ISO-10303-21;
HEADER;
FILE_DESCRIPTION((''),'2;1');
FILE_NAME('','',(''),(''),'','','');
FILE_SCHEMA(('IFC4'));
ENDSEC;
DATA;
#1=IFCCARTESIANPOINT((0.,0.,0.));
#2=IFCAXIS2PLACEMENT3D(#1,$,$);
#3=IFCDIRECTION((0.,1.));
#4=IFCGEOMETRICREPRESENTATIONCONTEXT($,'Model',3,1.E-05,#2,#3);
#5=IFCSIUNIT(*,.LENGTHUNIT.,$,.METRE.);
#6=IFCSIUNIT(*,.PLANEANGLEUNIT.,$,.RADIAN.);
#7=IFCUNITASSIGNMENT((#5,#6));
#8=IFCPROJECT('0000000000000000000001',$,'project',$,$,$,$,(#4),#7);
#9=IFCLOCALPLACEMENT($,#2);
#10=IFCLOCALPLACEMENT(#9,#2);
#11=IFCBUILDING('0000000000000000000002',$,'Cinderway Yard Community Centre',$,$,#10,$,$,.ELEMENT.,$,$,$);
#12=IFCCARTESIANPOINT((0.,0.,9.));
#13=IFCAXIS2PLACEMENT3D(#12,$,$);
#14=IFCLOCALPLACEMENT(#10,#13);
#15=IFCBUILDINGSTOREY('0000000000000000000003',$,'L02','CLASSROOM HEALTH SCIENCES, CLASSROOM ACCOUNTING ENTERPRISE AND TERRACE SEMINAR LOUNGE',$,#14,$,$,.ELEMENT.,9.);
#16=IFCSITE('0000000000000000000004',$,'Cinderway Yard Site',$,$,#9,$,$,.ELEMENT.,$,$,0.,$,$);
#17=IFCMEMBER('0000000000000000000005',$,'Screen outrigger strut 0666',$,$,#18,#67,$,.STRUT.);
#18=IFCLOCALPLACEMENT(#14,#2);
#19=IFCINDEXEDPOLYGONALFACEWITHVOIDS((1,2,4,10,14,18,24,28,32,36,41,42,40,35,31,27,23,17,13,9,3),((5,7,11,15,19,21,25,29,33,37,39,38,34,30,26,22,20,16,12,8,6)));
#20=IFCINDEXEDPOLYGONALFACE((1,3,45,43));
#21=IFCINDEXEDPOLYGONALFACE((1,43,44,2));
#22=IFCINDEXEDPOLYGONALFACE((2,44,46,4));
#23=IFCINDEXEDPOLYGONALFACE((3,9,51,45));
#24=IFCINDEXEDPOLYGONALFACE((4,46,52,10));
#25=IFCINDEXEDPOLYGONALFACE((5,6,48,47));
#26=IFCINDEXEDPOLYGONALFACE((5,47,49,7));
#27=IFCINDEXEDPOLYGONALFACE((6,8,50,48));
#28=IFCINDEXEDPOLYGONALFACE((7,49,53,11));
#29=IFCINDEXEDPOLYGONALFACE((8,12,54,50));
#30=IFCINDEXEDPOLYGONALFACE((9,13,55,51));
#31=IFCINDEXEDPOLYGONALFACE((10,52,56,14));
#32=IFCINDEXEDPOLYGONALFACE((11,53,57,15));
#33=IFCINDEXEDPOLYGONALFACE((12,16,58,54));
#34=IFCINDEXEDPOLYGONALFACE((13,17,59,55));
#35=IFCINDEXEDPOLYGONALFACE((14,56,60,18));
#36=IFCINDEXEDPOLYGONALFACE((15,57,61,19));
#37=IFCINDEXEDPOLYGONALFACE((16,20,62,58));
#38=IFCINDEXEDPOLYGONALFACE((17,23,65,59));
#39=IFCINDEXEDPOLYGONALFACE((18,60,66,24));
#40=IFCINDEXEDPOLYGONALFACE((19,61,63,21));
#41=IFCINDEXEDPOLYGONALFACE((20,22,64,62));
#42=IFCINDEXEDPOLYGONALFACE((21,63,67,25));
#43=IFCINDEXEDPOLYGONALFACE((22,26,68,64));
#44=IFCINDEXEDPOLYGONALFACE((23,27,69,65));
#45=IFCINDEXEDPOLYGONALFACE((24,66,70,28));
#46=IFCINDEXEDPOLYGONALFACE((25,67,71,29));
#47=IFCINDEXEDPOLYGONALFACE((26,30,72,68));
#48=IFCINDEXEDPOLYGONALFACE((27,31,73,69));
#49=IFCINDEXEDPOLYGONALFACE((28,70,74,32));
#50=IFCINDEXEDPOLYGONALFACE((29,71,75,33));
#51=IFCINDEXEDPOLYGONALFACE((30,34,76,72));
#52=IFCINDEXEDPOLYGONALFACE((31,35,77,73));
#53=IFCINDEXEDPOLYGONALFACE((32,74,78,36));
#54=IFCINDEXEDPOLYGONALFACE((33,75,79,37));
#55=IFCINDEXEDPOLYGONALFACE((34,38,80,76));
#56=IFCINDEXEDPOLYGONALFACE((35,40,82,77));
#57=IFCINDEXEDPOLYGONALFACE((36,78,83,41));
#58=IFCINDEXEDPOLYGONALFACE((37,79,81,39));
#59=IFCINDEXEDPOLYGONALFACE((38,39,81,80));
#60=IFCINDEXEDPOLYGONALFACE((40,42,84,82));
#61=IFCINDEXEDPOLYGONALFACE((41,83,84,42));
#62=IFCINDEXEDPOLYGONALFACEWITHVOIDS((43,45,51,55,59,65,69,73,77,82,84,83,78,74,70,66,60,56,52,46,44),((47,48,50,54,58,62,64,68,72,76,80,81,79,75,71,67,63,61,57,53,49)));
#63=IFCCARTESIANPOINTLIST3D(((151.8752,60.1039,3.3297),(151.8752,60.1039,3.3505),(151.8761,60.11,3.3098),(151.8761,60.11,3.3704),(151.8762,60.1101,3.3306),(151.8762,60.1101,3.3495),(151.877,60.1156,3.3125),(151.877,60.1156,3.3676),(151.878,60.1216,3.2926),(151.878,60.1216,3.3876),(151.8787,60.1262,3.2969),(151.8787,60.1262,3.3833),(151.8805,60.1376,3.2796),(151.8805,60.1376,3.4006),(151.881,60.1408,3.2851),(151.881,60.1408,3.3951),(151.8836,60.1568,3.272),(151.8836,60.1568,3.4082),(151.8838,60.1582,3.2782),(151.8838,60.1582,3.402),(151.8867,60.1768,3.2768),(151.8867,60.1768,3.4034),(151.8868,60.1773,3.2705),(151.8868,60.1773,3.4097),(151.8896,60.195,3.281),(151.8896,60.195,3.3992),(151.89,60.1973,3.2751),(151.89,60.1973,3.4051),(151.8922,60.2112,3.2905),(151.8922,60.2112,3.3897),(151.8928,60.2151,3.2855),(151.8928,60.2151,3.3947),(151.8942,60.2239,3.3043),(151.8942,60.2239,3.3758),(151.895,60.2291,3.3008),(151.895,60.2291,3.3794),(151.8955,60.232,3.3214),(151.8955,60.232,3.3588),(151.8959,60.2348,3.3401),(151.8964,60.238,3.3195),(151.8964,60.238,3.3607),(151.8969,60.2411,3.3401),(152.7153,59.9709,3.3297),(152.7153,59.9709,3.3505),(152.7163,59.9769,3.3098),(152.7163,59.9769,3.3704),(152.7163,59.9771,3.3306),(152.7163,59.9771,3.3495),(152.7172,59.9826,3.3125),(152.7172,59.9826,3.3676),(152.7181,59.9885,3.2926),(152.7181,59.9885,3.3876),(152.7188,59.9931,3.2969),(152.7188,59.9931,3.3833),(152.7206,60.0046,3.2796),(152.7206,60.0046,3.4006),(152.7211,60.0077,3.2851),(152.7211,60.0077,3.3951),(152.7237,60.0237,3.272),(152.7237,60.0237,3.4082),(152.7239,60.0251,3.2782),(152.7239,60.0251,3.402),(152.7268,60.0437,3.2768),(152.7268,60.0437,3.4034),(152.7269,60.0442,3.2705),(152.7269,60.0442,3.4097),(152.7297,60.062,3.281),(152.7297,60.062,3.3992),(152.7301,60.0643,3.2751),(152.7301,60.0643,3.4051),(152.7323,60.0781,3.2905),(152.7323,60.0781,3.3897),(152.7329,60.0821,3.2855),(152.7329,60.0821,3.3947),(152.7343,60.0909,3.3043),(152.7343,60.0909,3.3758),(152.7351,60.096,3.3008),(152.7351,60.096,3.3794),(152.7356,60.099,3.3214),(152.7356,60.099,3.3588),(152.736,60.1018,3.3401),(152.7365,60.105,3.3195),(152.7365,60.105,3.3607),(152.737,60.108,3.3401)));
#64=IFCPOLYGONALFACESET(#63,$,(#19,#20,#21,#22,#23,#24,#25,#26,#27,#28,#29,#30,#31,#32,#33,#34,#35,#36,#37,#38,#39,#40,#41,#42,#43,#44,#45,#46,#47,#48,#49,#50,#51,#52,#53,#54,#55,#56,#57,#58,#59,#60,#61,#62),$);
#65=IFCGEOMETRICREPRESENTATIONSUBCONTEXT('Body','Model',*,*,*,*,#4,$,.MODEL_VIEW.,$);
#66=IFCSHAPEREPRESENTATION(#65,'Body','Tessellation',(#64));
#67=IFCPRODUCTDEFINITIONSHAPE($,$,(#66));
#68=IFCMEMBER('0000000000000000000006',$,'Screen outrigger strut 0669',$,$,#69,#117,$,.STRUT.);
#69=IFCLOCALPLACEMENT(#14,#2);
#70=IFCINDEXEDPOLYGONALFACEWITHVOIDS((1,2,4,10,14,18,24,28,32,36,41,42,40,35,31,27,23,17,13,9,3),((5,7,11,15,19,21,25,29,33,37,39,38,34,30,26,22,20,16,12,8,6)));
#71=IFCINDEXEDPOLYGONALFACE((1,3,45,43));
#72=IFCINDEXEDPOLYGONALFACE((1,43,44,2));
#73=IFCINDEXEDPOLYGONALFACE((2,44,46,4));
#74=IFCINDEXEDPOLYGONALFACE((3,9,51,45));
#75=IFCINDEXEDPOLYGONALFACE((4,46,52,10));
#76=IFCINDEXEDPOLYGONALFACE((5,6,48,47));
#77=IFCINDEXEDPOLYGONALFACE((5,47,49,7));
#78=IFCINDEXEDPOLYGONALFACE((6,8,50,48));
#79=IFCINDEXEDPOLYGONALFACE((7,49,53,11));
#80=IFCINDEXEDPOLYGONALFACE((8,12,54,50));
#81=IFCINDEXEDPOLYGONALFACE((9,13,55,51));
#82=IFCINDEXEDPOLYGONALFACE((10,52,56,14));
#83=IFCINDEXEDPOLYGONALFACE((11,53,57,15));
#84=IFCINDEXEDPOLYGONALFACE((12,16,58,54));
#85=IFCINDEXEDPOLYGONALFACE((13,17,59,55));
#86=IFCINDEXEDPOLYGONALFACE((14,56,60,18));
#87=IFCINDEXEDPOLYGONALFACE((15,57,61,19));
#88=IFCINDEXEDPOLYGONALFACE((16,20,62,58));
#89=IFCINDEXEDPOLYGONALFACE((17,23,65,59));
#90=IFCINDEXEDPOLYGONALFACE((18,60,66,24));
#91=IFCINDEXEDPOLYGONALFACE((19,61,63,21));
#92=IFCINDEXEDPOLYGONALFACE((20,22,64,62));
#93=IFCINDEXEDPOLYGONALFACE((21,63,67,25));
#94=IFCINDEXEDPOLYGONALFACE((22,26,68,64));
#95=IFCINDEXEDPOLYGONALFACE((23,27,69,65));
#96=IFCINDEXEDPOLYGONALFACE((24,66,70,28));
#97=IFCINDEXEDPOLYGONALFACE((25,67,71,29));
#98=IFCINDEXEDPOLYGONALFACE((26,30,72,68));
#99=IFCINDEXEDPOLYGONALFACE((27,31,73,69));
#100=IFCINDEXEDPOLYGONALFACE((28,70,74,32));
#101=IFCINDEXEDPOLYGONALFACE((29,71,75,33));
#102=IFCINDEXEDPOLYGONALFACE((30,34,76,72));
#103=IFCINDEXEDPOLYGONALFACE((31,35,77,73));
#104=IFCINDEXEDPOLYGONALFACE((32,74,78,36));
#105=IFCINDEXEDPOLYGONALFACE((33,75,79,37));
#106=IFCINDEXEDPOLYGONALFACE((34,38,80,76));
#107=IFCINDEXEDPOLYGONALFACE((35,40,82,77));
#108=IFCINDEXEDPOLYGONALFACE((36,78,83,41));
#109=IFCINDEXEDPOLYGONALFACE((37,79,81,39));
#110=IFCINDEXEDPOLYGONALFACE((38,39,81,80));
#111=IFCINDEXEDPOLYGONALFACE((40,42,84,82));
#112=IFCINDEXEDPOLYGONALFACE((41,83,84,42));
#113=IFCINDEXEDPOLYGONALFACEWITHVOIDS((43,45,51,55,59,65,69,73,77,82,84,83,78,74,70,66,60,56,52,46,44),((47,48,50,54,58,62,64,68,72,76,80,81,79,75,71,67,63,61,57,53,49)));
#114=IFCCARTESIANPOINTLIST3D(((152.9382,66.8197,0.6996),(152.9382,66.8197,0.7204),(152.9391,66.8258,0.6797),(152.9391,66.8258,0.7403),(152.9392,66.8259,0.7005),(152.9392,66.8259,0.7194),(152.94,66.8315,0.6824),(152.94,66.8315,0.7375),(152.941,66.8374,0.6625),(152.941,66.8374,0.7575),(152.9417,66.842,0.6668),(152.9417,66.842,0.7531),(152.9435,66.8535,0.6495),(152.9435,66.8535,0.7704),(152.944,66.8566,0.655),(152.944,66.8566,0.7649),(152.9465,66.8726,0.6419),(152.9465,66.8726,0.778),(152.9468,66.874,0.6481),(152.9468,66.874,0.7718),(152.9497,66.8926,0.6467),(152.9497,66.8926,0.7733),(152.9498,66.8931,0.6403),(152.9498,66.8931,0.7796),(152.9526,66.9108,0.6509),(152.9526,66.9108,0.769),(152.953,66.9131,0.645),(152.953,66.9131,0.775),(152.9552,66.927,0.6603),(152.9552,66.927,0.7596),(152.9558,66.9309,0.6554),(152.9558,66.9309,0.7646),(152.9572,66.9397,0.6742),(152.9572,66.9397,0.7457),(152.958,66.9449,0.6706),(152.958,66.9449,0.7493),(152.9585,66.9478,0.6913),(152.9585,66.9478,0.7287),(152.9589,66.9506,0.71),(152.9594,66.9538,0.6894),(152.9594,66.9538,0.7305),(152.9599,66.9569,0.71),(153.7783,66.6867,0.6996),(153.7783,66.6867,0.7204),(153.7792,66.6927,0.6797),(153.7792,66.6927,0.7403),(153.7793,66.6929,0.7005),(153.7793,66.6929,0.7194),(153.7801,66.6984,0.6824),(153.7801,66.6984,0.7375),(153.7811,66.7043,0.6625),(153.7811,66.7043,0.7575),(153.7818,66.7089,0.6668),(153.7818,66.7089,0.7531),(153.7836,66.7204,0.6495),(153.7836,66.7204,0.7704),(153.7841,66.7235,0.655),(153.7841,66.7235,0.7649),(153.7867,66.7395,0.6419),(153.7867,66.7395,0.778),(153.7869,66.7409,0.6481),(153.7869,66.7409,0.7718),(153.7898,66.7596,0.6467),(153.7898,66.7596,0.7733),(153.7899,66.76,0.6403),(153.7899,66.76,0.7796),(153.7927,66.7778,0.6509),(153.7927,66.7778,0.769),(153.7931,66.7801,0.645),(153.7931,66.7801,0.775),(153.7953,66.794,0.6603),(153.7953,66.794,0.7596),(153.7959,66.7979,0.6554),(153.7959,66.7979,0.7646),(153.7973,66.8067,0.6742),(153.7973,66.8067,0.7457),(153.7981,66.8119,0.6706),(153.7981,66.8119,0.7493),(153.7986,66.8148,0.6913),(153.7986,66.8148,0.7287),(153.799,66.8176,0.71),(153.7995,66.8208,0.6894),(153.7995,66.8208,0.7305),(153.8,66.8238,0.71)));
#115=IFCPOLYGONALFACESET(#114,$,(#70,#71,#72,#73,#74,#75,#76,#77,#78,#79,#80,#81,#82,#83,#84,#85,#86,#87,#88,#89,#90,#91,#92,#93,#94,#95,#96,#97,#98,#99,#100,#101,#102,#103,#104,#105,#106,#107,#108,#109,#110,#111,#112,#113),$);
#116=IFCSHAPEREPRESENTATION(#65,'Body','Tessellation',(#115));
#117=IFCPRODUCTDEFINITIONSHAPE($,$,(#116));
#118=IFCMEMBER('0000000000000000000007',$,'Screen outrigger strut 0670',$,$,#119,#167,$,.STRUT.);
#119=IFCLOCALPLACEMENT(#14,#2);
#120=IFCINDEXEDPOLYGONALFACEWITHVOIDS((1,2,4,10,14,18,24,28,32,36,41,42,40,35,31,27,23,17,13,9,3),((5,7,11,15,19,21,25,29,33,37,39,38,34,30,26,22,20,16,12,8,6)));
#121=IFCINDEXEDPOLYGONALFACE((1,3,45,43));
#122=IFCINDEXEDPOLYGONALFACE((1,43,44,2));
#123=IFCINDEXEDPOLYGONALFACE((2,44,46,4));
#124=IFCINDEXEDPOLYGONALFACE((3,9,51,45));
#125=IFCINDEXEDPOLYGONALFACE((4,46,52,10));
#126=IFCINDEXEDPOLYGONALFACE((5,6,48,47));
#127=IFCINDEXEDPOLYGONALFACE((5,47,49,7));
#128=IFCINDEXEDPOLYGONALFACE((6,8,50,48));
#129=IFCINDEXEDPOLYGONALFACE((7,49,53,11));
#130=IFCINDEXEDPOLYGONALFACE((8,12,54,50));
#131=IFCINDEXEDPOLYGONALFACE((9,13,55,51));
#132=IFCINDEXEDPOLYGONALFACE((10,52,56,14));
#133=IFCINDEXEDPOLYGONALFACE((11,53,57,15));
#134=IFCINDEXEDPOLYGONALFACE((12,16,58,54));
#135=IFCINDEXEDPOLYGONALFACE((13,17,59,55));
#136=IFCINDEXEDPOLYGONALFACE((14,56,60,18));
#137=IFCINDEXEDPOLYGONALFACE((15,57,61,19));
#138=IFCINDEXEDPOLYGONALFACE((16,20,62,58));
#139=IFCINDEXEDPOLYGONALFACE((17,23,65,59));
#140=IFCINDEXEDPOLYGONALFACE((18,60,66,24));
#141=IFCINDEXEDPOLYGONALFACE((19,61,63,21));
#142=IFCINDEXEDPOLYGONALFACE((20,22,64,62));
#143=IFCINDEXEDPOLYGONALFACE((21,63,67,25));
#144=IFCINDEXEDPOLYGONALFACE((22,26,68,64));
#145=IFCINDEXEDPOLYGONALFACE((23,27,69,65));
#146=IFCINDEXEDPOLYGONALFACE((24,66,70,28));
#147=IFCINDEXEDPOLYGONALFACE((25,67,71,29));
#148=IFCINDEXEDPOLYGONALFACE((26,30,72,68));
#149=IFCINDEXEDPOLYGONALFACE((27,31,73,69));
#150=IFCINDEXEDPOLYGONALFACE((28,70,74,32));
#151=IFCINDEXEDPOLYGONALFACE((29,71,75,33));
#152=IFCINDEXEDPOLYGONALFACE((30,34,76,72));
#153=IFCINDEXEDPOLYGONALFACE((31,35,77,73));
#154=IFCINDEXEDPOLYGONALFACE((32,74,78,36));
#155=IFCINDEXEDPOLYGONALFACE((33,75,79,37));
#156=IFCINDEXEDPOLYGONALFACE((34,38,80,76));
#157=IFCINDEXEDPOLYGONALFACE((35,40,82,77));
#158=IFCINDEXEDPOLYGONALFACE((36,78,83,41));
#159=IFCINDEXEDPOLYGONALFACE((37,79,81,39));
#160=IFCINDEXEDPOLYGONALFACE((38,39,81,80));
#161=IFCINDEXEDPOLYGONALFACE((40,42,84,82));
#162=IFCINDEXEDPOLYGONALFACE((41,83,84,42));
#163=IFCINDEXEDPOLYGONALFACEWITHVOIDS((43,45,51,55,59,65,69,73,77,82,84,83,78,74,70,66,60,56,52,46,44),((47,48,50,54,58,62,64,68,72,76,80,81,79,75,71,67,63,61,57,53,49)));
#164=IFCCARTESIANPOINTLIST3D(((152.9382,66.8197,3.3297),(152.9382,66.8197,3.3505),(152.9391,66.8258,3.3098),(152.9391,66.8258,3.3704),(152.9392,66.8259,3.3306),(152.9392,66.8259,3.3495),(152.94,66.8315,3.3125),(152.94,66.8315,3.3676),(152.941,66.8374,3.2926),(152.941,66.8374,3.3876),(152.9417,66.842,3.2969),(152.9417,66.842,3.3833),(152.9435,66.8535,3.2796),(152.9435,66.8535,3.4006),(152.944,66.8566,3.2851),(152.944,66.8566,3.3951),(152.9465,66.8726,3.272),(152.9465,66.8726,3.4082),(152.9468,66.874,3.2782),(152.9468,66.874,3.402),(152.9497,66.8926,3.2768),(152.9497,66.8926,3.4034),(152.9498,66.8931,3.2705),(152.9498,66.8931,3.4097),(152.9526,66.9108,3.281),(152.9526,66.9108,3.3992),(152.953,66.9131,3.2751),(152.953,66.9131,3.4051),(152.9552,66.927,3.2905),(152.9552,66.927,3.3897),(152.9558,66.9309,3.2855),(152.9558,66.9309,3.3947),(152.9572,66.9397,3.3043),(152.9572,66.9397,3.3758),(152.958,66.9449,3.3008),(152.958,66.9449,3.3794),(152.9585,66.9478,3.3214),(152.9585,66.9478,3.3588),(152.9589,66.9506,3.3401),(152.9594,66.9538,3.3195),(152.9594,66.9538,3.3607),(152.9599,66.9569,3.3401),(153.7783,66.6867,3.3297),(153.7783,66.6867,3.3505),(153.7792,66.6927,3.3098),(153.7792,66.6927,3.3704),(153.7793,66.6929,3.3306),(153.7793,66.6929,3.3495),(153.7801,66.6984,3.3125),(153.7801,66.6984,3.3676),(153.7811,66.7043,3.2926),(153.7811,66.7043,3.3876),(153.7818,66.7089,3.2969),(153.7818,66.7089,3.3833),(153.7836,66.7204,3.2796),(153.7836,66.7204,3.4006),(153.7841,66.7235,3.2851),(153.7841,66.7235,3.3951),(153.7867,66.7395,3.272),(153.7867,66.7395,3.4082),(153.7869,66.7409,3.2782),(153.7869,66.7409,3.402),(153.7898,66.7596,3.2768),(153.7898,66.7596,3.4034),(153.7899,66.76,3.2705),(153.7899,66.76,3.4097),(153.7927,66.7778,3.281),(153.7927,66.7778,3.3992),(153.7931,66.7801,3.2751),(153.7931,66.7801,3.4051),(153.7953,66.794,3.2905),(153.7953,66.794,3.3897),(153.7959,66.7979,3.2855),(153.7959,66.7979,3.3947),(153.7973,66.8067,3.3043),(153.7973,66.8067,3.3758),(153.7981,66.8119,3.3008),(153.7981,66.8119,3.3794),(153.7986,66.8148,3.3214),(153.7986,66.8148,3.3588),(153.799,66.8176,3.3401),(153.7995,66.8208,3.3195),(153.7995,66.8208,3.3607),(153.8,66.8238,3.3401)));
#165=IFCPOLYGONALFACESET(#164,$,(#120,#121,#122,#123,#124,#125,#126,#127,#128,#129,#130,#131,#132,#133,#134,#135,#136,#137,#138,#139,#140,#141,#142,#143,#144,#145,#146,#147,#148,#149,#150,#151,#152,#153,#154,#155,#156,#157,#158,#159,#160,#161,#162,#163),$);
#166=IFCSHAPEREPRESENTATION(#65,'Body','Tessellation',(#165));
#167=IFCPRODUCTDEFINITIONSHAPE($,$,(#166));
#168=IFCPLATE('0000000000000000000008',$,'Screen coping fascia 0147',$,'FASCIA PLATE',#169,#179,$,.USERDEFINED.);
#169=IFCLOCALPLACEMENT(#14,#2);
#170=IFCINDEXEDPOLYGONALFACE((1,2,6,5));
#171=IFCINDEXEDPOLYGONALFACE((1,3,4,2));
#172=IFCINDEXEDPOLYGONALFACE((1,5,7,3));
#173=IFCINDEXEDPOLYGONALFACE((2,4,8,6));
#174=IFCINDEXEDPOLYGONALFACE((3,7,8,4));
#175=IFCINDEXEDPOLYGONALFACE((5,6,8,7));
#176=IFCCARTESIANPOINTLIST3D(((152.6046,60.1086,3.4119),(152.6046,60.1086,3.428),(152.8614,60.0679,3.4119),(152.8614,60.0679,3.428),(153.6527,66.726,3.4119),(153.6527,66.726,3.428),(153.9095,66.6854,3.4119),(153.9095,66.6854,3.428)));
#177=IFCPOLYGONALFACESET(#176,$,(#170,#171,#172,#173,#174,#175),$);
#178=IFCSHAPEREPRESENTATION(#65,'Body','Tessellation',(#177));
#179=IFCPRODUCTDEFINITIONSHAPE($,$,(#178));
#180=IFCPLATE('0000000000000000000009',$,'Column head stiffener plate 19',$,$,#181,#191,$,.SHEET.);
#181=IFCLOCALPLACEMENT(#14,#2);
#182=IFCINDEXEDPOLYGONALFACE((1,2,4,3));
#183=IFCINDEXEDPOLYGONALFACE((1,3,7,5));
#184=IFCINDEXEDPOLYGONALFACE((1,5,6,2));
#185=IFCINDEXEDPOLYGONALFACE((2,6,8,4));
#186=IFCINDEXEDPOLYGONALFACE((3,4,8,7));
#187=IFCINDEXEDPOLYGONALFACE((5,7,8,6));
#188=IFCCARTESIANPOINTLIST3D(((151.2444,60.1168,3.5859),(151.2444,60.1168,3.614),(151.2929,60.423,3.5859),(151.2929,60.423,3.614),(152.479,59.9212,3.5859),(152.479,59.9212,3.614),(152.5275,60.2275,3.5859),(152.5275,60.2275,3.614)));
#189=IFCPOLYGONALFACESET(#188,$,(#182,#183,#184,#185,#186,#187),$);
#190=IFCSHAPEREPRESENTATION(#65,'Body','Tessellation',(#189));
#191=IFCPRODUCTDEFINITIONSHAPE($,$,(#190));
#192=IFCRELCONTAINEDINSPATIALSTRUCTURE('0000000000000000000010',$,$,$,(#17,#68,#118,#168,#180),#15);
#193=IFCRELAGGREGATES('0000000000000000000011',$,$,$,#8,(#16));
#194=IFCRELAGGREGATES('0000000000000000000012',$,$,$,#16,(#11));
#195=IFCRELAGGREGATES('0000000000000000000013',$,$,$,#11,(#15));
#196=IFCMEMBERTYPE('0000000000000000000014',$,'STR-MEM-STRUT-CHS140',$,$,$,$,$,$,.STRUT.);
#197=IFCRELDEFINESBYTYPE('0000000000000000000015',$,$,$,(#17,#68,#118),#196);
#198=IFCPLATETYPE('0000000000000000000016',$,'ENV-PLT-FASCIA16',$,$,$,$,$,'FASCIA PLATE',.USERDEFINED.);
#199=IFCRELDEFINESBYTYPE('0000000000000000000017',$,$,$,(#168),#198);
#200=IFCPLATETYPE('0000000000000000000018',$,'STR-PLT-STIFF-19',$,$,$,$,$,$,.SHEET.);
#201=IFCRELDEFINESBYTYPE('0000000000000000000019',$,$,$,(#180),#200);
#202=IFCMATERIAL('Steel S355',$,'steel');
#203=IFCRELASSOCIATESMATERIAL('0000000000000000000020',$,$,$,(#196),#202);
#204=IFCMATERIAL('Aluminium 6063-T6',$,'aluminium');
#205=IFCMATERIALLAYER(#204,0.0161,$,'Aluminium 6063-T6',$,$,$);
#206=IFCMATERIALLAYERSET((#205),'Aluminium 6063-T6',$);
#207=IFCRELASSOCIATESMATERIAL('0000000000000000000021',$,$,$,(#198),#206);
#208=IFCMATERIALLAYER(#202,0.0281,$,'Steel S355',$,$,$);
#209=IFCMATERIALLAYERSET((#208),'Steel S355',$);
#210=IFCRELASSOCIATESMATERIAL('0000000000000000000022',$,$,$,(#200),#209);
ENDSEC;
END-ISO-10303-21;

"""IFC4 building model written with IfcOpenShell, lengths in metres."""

from ifc_helpers import new_model, si_unit, direction, frame, origin, origin_2d, place, context, subcontext, project, spatial, rectangle, hollow_circle, extrude, material, layer, layer_set, material_profile, profile_set, type_object, element, save


model = new_model("IFC4")

# Units and contexts
model_context = context("Model", 3, precision=1e-05, world=origin(), true_north=direction((0.0, 1.0)))
body_context = subcontext(model_context, "Body", "Model", "MODEL_VIEW")
ifc_project = project(units=[si_unit("LENGTHUNIT", "METRE"), si_unit("PLANEANGLEUNIT", "RADIAN")], contexts=[model_context])

# Site, building, storey
site_placement = place(None, origin())
site = spatial("IfcSite", under=ifc_project, at=site_placement, Name="Cinderway Yard Site", CompositionType="ELEMENT", RefElevation=0.0)
building_placement = place(site_placement, origin())
building = spatial("IfcBuilding", under=site, at=building_placement, Name="Cinderway Yard Community Centre", CompositionType="ELEMENT")
storey_placement = place(building_placement, frame((0.0, 0.0, 9.0)))
storey = spatial("IfcBuildingStorey", under=building, at=storey_placement, Name="L02", Description="CLASSROOM HEALTH SCIENCES, CLASSROOM ACCOUNTING ENTERPRISE AND TERRACE SEMINAR LOUNGE", CompositionType="ELEMENT", Elevation=9.0)

# Shared definitions
ifc_material_1 = material(Name="Steel S355", Category="steel")

# Members
ifc_material_profile_1 = material_profile(ifc_material_1, hollow_circle(Radius=0.0698, WallThickness=0.0063, at=origin_2d()), Name="Steel S355")
ifc_profile_set_1 = profile_set([ifc_material_profile_1], Name="Steel S355")
member_type_1 = type_object("IfcMemberType", Name="STR-MEM-STRUT-CHS140", PredefinedType="STRUT", material=ifc_profile_set_1)
for number, where, z_axis, x_axis, name in (
    (1, (151.886, 60.1721, 3.3401), (0.987688, -0.156434, 0.0), (0.156434, 0.987688, 0.0), "Screen outrigger strut 0666"),
    (2, (152.949, 66.8879, 0.71), (0.987688, -0.156434, 0.0), (0.156434, 0.987688, 0.0), "Screen outrigger strut 0669"),
    (3, (152.949, 66.8879, 3.3401), (0.987688, -0.156434, 0.0), (0.156434, 0.987688, 0.0), "Screen outrigger strut 0670"),
):
    element("IfcMember", number, at=place(storey_placement, frame(where, z_axis=z_axis, x_axis=x_axis)), inside=storey, type_object=member_type_1, Name=name, PredefinedType="STRUT", context=body_context, shape_type="SweptSolid", body=[
        extrude(hollow_circle(Radius=0.0698, WallThickness=0.0063, at=origin_2d()), origin(), (0.0, 0.0, 1.0), 0.8506),
    ])

# Plates
ifc_material_2 = material(Name="Aluminium 6063-T6", Category="aluminium")
ifc_layer_1 = layer(ifc_material_2, 0.0161, Name="Aluminium 6063-T6")
ifc_layer_set_1 = layer_set([ifc_layer_1], Name="Aluminium 6063-T6")
plate_type_1 = type_object("IfcPlateType", Name="ENV-PLT-FASCIA16", ElementType="FASCIA PLATE", PredefinedType="USERDEFINED", material=ifc_layer_set_1)
plate_1_placement = place(storey_placement, frame((153.2571, 63.397, 3.4119), z_axis=(0.0, 0.0, 1.0), x_axis=(-0.156434, -0.987688, 0.0)))
element("IfcPlate", 4, at=plate_1_placement, inside=storey, type_object=plate_type_1, Name="Screen coping fascia 0147", ObjectType="FASCIA PLATE", PredefinedType="USERDEFINED", context=body_context, shape_type="SweptSolid", body=[
    extrude(rectangle(XDim=6.7, YDim=0.26, at=origin_2d()), origin(), (0.0, 0.0, 1.0), 0.0161),
])
ifc_layer_2 = layer(ifc_material_1, 0.0281, Name="Steel S355")
ifc_layer_set_2 = layer_set([ifc_layer_2], Name="Steel S355")
plate_type_2 = type_object("IfcPlateType", Name="STR-PLT-STIFF-19", PredefinedType="SHEET", material=ifc_layer_set_2)
plate_2_placement = place(storey_placement, frame((151.886, 60.1721, 3.5859), z_axis=(0.0, 0.0, 1.0), x_axis=(0.987688, -0.156434, 0.0)))
element("IfcPlate", 5, at=plate_2_placement, inside=storey, type_object=plate_type_2, Name="Column head stiffener plate 19", PredefinedType="SHEET", context=body_context, shape_type="SweptSolid", body=[
    extrude(rectangle(XDim=1.25, YDim=0.3101, at=origin_2d()), origin(), (0.0, 0.0, 1.0), 0.0281),
])

save(model, "model.ifc")
